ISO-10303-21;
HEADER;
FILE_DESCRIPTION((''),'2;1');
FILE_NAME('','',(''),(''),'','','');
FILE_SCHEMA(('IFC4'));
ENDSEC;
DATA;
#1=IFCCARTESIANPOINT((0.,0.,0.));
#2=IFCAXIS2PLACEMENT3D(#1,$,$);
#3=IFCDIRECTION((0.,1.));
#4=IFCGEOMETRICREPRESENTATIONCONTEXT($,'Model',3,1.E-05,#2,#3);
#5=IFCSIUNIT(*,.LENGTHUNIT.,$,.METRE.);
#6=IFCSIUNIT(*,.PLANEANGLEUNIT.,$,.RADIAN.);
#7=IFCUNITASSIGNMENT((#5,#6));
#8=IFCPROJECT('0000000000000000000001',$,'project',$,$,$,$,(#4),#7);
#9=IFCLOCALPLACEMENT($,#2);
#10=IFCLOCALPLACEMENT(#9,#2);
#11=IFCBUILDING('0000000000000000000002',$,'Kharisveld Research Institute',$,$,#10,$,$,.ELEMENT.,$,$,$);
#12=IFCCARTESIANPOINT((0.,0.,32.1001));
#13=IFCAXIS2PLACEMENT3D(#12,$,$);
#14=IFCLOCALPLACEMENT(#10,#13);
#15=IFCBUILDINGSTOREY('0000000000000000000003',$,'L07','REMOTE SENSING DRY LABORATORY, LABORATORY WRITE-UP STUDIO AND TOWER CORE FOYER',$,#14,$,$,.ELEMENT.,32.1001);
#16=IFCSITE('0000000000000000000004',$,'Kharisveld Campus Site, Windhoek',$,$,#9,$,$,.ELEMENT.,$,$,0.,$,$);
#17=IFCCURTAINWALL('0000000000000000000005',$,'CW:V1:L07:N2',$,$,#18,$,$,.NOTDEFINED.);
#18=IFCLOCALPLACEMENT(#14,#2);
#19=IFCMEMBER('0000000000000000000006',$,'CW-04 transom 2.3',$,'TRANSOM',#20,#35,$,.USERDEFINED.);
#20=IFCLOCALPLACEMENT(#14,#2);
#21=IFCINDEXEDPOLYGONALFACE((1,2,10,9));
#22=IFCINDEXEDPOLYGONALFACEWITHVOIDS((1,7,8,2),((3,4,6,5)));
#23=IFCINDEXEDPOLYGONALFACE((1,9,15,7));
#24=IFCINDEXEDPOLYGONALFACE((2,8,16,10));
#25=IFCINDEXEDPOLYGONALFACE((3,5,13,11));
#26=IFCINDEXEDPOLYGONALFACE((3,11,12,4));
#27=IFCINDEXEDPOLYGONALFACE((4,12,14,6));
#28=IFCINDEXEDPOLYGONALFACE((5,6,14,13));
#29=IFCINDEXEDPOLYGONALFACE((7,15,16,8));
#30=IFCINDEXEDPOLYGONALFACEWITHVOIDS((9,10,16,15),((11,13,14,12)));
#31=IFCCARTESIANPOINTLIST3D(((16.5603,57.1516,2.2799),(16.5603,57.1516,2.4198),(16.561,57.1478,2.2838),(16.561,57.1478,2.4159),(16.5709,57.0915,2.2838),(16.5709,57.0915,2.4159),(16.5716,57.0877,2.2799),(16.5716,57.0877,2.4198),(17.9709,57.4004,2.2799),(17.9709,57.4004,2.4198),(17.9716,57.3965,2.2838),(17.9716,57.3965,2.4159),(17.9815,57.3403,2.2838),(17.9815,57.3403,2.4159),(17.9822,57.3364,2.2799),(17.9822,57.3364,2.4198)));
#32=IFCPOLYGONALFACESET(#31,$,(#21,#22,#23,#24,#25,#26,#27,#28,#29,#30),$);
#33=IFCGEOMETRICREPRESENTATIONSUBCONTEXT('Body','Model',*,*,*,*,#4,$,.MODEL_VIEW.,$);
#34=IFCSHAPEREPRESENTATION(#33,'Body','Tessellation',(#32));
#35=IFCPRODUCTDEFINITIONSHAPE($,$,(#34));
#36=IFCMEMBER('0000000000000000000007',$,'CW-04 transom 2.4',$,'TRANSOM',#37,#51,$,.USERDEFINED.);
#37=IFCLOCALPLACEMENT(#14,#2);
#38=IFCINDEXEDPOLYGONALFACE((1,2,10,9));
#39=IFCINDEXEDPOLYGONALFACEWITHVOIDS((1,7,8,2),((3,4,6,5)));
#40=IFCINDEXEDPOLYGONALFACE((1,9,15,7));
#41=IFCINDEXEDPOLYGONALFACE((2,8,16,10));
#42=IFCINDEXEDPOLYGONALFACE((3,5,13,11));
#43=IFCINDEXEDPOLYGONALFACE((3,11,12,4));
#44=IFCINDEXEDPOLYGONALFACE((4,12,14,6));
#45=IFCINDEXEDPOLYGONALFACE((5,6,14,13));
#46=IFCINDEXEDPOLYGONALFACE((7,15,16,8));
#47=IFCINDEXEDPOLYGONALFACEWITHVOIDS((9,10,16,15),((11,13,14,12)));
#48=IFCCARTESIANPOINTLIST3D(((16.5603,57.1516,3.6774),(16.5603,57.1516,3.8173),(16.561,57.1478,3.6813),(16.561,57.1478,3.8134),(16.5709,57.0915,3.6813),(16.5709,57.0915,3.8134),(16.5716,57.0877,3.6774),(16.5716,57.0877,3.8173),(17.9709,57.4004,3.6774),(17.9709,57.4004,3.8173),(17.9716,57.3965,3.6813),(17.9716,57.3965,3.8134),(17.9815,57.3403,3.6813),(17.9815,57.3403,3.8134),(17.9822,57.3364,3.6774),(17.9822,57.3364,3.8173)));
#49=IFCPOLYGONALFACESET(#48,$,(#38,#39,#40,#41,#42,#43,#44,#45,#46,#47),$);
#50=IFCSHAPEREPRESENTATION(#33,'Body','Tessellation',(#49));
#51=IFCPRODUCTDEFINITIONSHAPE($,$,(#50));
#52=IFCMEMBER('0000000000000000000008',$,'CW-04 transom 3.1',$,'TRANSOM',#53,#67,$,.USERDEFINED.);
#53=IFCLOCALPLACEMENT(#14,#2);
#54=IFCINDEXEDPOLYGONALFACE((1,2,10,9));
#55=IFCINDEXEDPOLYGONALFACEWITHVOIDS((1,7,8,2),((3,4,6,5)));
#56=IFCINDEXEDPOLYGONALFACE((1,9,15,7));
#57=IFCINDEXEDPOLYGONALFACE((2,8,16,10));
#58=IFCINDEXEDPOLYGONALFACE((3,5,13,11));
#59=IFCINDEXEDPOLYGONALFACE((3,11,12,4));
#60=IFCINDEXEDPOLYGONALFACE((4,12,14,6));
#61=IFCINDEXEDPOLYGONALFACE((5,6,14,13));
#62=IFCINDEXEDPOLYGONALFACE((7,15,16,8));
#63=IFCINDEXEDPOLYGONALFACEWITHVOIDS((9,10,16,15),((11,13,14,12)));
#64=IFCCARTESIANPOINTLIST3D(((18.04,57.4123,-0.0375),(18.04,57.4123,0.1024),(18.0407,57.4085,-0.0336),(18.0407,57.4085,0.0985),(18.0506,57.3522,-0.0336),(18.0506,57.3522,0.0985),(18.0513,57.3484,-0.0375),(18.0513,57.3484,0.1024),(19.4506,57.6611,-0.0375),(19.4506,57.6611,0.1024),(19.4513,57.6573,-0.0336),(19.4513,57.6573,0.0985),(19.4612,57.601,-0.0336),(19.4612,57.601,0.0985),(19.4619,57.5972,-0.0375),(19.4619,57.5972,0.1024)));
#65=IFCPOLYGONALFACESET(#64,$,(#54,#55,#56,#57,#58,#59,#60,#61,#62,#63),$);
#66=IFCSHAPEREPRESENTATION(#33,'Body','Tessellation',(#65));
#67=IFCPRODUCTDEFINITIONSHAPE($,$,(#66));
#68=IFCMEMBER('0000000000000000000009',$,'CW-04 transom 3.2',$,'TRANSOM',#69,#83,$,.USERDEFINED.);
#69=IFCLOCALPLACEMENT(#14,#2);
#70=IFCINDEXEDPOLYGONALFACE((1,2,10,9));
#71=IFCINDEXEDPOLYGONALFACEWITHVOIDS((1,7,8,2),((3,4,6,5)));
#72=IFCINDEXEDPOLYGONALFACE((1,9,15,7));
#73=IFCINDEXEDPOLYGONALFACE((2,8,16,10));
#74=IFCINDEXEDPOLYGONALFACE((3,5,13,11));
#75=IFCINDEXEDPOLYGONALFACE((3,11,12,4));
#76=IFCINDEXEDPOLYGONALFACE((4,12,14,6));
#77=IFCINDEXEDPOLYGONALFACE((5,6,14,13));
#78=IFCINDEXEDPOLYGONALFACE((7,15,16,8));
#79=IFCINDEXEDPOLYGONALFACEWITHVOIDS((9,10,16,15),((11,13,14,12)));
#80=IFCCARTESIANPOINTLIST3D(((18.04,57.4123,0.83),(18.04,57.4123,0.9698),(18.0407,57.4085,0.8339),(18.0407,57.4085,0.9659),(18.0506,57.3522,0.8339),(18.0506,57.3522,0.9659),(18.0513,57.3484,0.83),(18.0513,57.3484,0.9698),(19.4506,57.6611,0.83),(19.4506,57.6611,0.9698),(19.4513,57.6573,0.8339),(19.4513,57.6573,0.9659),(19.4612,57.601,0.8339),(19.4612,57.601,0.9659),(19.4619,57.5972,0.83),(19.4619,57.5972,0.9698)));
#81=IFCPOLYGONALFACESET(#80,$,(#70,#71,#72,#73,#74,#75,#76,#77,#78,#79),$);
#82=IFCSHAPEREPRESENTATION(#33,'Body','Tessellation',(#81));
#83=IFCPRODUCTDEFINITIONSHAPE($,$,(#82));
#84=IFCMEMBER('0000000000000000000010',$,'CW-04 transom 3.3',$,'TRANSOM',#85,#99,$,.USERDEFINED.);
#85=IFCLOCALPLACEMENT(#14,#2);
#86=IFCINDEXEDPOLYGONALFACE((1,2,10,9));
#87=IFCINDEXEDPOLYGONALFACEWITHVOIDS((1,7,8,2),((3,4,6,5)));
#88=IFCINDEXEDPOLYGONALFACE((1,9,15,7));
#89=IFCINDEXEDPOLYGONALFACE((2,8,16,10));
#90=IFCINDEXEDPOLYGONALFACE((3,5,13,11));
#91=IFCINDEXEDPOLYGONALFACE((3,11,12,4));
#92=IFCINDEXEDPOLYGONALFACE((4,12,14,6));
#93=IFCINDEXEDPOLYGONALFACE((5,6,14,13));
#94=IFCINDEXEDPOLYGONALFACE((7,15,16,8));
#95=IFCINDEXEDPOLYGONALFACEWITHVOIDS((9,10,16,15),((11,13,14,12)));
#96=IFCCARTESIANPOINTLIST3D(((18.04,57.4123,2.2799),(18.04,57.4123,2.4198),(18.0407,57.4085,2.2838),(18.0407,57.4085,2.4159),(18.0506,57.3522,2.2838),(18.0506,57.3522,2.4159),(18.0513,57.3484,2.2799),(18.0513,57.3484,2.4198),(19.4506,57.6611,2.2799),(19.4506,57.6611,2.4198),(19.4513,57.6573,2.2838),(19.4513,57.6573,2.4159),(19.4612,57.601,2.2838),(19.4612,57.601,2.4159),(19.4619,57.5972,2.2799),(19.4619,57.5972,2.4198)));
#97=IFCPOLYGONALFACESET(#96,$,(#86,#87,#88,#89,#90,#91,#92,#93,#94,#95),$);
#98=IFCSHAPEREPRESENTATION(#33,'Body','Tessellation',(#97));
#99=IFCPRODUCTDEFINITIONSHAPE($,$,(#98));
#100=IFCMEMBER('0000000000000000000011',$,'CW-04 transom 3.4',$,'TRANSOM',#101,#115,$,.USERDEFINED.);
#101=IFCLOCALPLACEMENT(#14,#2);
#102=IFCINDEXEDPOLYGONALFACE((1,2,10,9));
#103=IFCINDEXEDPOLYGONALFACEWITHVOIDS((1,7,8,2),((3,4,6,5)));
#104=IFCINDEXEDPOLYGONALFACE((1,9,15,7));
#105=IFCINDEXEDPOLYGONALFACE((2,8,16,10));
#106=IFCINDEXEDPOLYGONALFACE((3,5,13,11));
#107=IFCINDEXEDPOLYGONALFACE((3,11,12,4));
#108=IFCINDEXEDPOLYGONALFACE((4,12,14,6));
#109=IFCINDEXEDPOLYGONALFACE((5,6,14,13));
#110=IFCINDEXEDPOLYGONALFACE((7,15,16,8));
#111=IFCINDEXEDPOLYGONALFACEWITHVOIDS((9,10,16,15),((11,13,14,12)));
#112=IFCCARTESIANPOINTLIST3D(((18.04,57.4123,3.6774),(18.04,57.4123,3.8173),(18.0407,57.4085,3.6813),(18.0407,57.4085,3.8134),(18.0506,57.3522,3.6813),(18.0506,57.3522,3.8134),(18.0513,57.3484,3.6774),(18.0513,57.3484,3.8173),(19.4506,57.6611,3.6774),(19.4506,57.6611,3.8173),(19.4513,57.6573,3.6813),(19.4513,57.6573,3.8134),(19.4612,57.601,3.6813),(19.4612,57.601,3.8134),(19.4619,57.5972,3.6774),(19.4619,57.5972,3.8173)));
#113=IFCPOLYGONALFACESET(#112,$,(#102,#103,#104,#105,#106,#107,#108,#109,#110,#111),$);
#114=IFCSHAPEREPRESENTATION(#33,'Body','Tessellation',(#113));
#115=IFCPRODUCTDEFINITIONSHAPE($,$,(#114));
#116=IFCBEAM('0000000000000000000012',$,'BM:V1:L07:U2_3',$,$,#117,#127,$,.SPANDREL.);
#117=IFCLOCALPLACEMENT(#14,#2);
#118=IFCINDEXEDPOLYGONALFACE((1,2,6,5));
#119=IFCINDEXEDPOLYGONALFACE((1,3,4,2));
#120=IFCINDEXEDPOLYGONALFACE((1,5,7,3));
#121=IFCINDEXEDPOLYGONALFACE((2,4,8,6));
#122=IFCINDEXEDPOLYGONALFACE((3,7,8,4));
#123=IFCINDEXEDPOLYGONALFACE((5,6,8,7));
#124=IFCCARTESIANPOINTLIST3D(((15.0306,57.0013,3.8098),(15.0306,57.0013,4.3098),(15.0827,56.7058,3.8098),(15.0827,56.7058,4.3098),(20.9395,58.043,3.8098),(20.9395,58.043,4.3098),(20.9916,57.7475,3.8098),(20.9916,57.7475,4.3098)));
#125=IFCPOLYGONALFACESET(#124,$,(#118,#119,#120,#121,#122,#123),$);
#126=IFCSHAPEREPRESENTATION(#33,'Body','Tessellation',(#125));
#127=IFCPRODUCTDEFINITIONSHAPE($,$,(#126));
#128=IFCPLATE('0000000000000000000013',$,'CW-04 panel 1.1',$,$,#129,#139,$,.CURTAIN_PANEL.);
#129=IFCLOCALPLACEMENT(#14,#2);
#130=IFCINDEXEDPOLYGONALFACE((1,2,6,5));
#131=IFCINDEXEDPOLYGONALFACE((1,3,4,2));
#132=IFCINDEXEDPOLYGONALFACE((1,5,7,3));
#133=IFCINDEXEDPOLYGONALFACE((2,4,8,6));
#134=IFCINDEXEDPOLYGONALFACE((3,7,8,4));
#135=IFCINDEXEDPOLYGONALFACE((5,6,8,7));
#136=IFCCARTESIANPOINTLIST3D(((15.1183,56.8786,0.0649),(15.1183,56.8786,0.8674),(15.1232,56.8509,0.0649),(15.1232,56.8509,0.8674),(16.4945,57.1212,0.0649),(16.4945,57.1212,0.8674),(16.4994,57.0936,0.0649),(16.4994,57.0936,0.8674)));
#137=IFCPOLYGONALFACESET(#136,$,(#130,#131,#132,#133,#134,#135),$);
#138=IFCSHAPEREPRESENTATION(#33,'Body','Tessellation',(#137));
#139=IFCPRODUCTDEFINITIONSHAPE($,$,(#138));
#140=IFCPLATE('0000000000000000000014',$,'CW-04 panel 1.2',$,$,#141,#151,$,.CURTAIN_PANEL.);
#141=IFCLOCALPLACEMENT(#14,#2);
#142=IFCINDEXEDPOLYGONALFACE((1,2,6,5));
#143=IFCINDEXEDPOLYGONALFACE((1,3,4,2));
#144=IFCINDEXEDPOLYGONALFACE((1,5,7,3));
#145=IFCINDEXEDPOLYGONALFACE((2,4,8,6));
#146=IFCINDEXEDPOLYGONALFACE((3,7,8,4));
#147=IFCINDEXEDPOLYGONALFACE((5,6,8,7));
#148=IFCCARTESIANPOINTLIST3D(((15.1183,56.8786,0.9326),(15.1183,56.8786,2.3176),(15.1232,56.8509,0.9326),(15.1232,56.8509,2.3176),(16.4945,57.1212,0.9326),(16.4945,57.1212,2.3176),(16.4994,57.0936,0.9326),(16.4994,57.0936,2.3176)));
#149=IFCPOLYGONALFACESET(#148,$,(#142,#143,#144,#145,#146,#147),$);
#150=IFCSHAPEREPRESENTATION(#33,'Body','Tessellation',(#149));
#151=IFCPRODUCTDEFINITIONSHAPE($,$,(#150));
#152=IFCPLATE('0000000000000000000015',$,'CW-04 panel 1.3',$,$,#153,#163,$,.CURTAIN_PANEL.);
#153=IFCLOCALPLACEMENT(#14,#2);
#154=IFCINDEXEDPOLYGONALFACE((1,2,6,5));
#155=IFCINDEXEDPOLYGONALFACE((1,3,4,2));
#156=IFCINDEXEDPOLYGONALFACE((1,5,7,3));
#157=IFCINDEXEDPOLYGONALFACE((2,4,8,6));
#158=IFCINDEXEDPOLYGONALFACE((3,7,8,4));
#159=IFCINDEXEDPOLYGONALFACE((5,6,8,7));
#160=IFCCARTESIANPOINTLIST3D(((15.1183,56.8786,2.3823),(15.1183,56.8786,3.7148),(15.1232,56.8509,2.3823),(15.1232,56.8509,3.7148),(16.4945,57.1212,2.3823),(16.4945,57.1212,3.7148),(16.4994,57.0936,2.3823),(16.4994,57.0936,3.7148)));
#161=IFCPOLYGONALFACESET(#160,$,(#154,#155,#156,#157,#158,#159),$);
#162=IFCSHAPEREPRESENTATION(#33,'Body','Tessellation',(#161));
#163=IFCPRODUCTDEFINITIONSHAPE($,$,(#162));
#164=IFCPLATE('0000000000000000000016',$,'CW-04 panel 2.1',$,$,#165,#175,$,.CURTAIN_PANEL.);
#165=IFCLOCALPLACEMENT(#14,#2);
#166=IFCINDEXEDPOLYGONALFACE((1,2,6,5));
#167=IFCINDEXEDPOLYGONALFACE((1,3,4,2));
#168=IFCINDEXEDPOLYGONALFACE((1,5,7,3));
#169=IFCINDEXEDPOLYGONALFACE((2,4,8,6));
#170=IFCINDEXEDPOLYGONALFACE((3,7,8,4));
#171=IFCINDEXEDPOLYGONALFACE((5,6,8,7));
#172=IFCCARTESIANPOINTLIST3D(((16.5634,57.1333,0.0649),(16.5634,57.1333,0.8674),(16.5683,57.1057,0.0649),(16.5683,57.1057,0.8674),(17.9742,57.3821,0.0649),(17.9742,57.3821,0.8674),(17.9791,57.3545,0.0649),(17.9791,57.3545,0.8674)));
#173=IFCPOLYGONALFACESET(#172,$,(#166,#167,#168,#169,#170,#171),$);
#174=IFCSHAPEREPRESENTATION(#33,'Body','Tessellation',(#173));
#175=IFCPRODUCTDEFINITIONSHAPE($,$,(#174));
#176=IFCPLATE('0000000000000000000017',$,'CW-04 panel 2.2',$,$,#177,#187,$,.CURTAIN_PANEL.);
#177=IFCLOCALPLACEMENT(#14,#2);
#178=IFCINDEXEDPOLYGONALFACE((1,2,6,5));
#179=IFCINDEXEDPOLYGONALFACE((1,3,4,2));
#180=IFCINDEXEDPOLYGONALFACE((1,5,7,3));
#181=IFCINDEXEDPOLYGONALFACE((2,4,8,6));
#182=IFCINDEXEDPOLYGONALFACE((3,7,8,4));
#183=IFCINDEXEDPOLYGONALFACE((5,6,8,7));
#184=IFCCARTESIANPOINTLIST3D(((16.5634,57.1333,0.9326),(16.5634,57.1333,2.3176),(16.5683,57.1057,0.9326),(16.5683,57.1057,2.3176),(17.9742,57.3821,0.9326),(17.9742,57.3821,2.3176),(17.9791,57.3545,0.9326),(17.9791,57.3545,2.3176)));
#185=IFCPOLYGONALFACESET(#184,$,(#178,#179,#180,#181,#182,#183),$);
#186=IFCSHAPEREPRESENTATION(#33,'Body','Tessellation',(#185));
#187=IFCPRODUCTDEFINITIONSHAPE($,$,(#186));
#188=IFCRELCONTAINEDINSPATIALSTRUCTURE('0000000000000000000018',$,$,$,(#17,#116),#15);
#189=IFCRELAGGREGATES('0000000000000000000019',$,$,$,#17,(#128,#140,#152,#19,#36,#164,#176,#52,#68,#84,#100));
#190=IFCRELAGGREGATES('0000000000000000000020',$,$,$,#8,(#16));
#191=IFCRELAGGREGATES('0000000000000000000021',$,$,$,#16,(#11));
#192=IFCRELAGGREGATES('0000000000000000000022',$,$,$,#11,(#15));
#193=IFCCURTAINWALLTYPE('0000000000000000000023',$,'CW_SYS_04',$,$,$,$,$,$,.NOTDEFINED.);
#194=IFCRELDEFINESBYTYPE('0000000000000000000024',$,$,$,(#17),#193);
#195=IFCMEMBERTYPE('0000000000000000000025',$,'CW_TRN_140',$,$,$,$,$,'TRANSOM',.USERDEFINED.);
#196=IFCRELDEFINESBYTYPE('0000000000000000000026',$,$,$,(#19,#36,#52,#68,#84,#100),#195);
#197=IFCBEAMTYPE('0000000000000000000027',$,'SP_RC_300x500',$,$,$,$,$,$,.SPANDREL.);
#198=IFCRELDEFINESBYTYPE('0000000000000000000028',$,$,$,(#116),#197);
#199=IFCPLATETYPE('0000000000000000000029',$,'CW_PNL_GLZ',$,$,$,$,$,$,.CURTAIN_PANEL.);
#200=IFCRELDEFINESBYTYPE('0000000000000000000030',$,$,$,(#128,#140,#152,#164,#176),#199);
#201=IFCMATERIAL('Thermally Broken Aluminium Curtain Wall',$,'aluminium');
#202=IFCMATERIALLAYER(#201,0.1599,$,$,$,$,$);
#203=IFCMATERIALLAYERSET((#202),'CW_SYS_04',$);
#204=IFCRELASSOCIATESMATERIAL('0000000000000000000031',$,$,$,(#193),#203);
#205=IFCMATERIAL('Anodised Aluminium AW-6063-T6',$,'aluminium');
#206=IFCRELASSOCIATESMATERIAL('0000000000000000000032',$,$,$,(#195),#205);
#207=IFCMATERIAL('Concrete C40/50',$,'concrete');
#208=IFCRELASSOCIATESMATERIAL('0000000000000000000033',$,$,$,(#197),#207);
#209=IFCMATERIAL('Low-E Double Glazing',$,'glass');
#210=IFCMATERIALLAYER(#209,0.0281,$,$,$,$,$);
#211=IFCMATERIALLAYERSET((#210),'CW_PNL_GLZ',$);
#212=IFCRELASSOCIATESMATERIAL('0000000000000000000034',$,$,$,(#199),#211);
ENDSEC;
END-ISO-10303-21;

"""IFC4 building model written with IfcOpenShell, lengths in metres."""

from ifc_helpers import new_model, si_unit, direction, frame, origin, origin_2d, place, context, subcontext, project, spatial, rectangle, hollow_rectangle, extrude, material, layer, layer_set, material_profile, profile_set, type_object, element, aggregate, save


model = new_model("IFC4")

# Units and contexts
model_context = context("Model", 3, precision=1e-05, world=origin(), true_north=direction((0.0, 1.0)))
body_context = subcontext(model_context, "Body", "Model", "MODEL_VIEW")
ifc_project = project(units=[si_unit("LENGTHUNIT", "METRE"), si_unit("PLANEANGLEUNIT", "RADIAN")], contexts=[model_context])

# Site, building, storey
site_placement = place(None, origin())
site = spatial("IfcSite", under=ifc_project, at=site_placement, Name="Kharisveld Campus Site, Windhoek", CompositionType="ELEMENT", RefElevation=0.0)
building_placement = place(site_placement, origin())
building = spatial("IfcBuilding", under=site, at=building_placement, Name="Kharisveld Research Institute", CompositionType="ELEMENT")
storey_placement = place(building_placement, frame((0.0, 0.0, 32.1001)))
storey = spatial("IfcBuildingStorey", under=building, at=storey_placement, Name="L07", Description="REMOTE SENSING DRY LABORATORY, LABORATORY WRITE-UP STUDIO AND TOWER CORE FOYER", CompositionType="ELEMENT", Elevation=32.1001)

# Curtain wall, members
ifc_material_1 = material(Name="Thermally Broken Aluminium Curtain Wall", Category="aluminium")
ifc_layer_1 = layer(ifc_material_1, 0.1599)
ifc_layer_set_1 = layer_set([ifc_layer_1], Name="CW_SYS_04")
curtain_wall_type_1 = type_object("IfcCurtainWallType", Name="CW_SYS_04", PredefinedType="NOTDEFINED", material=ifc_layer_set_1)
curtain_wall_1_placement = place(storey_placement, origin())
curtain_wall_1 = element("IfcCurtainWall", 1, at=curtain_wall_1_placement, inside=storey, type_object=curtain_wall_type_1, Name="CW:V1:L07:N2", PredefinedType="NOTDEFINED")
ifc_material_2 = material(Name="Anodised Aluminium AW-6063-T6", Category="aluminium")
ifc_material_profile_1 = material_profile(ifc_material_2, hollow_rectangle(XDim=0.0649, YDim=0.1399, WallThickness=0.0039, at=origin_2d()))
ifc_profile_set_1 = profile_set([ifc_material_profile_1], Name="Anodised Aluminium AW-6063-T6")
member_type_1 = type_object("IfcMemberType", Name="CW_TRN_140", ElementType="TRANSOM", PredefinedType="USERDEFINED", material=ifc_profile_set_1)
member_1_placement = place(storey_placement, frame((16.5659, 57.1196, 2.3499), z_axis=(0.984802, 0.173678, 0.0), x_axis=(-0.173678, 0.984802, 0.0)))
member_1 = element("IfcMember", 2, at=member_1_placement, type_object=member_type_1, Name="CW-04 transom 2.3", ObjectType="TRANSOM", PredefinedType="USERDEFINED", context=body_context, shape_type="SweptSolid", body=[
    extrude(hollow_rectangle(XDim=0.0649, YDim=0.1399, WallThickness=0.0039, at=origin_2d()), origin(), (0.0, 0.0, 1.0), 1.4324),
])
member_2_placement = place(storey_placement, frame((16.5659, 57.1196, 3.7473), z_axis=(0.984802, 0.173678, 0.0), x_axis=(-0.173678, 0.984802, 0.0)))
member_2 = element("IfcMember", 3, at=member_2_placement, type_object=member_type_1, Name="CW-04 transom 2.4", ObjectType="TRANSOM", PredefinedType="USERDEFINED", context=body_context, shape_type="SweptSolid", body=[
    extrude(hollow_rectangle(XDim=0.0649, YDim=0.1399, WallThickness=0.0039, at=origin_2d()), origin(), (0.0, 0.0, 1.0), 1.4324),
])
member_3_placement = place(storey_placement, frame((18.0457, 57.3804, 0.0325), z_axis=(0.984802, 0.173678, 0.0), x_axis=(-0.173678, 0.984802, 0.0)))
member_3 = element("IfcMember", 4, at=member_3_placement, type_object=member_type_1, Name="CW-04 transom 3.1", ObjectType="TRANSOM", PredefinedType="USERDEFINED", context=body_context, shape_type="SweptSolid", body=[
    extrude(hollow_rectangle(XDim=0.0649, YDim=0.1399, WallThickness=0.0039, at=origin_2d()), origin(), (0.0, 0.0, 1.0), 1.4324),
])
member_4_placement = place(storey_placement, frame((18.0457, 57.3804, 0.8999), z_axis=(0.984802, 0.173678, 0.0), x_axis=(-0.173678, 0.984802, 0.0)))
member_4 = element("IfcMember", 5, at=member_4_placement, type_object=member_type_1, Name="CW-04 transom 3.2", ObjectType="TRANSOM", PredefinedType="USERDEFINED", context=body_context, shape_type="SweptSolid", body=[
    extrude(hollow_rectangle(XDim=0.0649, YDim=0.1399, WallThickness=0.0039, at=origin_2d()), origin(), (0.0, 0.0, 1.0), 1.4324),
])
member_5_placement = place(storey_placement, frame((18.0457, 57.3804, 2.3499), z_axis=(0.984802, 0.173678, 0.0), x_axis=(-0.173678, 0.984802, 0.0)))
member_5 = element("IfcMember", 6, at=member_5_placement, type_object=member_type_1, Name="CW-04 transom 3.3", ObjectType="TRANSOM", PredefinedType="USERDEFINED", context=body_context, shape_type="SweptSolid", body=[
    extrude(hollow_rectangle(XDim=0.0649, YDim=0.1399, WallThickness=0.0039, at=origin_2d()), origin(), (0.0, 0.0, 1.0), 1.4324),
])
member_6_placement = place(storey_placement, frame((18.0457, 57.3804, 3.7473), z_axis=(0.984802, 0.173678, 0.0), x_axis=(-0.173678, 0.984802, 0.0)))
member_6 = element("IfcMember", 7, at=member_6_placement, type_object=member_type_1, Name="CW-04 transom 3.4", ObjectType="TRANSOM", PredefinedType="USERDEFINED", context=body_context, shape_type="SweptSolid", body=[
    extrude(hollow_rectangle(XDim=0.0649, YDim=0.1399, WallThickness=0.0039, at=origin_2d()), origin(), (0.0, 0.0, 1.0), 1.4324),
])

# Beam
ifc_material_3 = material(Name="Concrete C40/50", Category="concrete")
ifc_material_profile_2 = material_profile(ifc_material_3, rectangle(XDim=0.3, YDim=0.5, at=origin_2d()))
ifc_profile_set_2 = profile_set([ifc_material_profile_2], Name="Concrete C40/50")
beam_type = type_object("IfcBeamType", Name="SP_RC_300x500", PredefinedType="SPANDREL", material=ifc_profile_set_2)
beam_placement = place(storey_placement, frame((15.0566, 56.8535, 4.0598), z_axis=(0.984812, 0.173623, 0.0), x_axis=(-0.173623, 0.984812, 0.0)))
element("IfcBeam", 8, at=beam_placement, inside=storey, type_object=beam_type, Name="BM:V1:L07:U2_3", PredefinedType="SPANDREL", context=body_context, shape_type="SweptSolid", body=[
    extrude(rectangle(XDim=0.3, YDim=0.5, at=origin_2d()), origin(), (0.0, 0.0, 1.0), 6.0),
])

# Plates
ifc_material_4 = material(Name="Low-E Double Glazing", Category="glass")
ifc_layer_2 = layer(ifc_material_4, 0.0281)
ifc_layer_set_2 = layer_set([ifc_layer_2], Name="CW_PNL_GLZ")
plate_type = type_object("IfcPlateType", Name="CW_PNL_GLZ", PredefinedType="CURTAIN_PANEL", material=ifc_layer_set_2)
plate_1_placement = place(storey_placement, frame((15.8088, 56.9861, 0.0649), z_axis=(0.0, 0.0, 1.0), x_axis=(0.984808, 0.173648, 0.0)))
plate_1 = element("IfcPlate", 9, at=plate_1_placement, type_object=plate_type, Name="CW-04 panel 1.1", PredefinedType="CURTAIN_PANEL", context=body_context, shape_type="SweptSolid", body=[
    extrude(rectangle(XDim=1.3975, YDim=0.0281, at=origin_2d()), origin(), (0.0, 0.0, 1.0), 0.8025),
])
plate_2_placement = place(storey_placement, frame((15.8088, 56.9861, 0.9326), z_axis=(0.0, 0.0, 1.0), x_axis=(0.984808, 0.173648, 0.0)))
plate_2 = element("IfcPlate", 10, at=plate_2_placement, type_object=plate_type, Name="CW-04 panel 1.2", PredefinedType="CURTAIN_PANEL", context=body_context, shape_type="SweptSolid", body=[
    extrude(rectangle(XDim=1.3975, YDim=0.0281, at=origin_2d()), origin(), (0.0, 0.0, 1.0), 1.385),
])
plate_3_placement = place(storey_placement, frame((15.8088, 56.9861, 2.3823), z_axis=(0.0, 0.0, 1.0), x_axis=(0.984808, 0.173648, 0.0)))
plate_3 = element("IfcPlate", 11, at=plate_3_placement, type_object=plate_type, Name="CW-04 panel 1.3", PredefinedType="CURTAIN_PANEL", context=body_context, shape_type="SweptSolid", body=[
    extrude(rectangle(XDim=1.3975, YDim=0.0281, at=origin_2d()), origin(), (0.0, 0.0, 1.0), 1.3325),
])
plate_4_placement = place(storey_placement, frame((17.2712, 57.2439, 0.0649), z_axis=(0.0, 0.0, 1.0), x_axis=(0.984808, 0.173648, 0.0)))
plate_4 = element("IfcPlate", 12, at=plate_4_placement, type_object=plate_type, Name="CW-04 panel 2.1", PredefinedType="CURTAIN_PANEL", context=body_context, shape_type="SweptSolid", body=[
    extrude(rectangle(XDim=1.4326, YDim=0.0281, at=origin_2d()), origin(), (0.0, 0.0, 1.0), 0.8025),
])
plate_5_placement = place(storey_placement, frame((17.2712, 57.2439, 0.9326), z_axis=(0.0, 0.0, 1.0), x_axis=(0.984808, 0.173648, 0.0)))
plate_5 = element("IfcPlate", 13, at=plate_5_placement, type_object=plate_type, Name="CW-04 panel 2.2", PredefinedType="CURTAIN_PANEL", context=body_context, shape_type="SweptSolid", body=[
    extrude(rectangle(XDim=1.4326, YDim=0.0281, at=origin_2d()), origin(), (0.0, 0.0, 1.0), 1.385),
])
aggregate(curtain_wall_1, [plate_1, plate_2, plate_3, member_1, member_2, plate_4, plate_5, member_3, member_4, member_5, member_6])

save(model, "model.ifc")
